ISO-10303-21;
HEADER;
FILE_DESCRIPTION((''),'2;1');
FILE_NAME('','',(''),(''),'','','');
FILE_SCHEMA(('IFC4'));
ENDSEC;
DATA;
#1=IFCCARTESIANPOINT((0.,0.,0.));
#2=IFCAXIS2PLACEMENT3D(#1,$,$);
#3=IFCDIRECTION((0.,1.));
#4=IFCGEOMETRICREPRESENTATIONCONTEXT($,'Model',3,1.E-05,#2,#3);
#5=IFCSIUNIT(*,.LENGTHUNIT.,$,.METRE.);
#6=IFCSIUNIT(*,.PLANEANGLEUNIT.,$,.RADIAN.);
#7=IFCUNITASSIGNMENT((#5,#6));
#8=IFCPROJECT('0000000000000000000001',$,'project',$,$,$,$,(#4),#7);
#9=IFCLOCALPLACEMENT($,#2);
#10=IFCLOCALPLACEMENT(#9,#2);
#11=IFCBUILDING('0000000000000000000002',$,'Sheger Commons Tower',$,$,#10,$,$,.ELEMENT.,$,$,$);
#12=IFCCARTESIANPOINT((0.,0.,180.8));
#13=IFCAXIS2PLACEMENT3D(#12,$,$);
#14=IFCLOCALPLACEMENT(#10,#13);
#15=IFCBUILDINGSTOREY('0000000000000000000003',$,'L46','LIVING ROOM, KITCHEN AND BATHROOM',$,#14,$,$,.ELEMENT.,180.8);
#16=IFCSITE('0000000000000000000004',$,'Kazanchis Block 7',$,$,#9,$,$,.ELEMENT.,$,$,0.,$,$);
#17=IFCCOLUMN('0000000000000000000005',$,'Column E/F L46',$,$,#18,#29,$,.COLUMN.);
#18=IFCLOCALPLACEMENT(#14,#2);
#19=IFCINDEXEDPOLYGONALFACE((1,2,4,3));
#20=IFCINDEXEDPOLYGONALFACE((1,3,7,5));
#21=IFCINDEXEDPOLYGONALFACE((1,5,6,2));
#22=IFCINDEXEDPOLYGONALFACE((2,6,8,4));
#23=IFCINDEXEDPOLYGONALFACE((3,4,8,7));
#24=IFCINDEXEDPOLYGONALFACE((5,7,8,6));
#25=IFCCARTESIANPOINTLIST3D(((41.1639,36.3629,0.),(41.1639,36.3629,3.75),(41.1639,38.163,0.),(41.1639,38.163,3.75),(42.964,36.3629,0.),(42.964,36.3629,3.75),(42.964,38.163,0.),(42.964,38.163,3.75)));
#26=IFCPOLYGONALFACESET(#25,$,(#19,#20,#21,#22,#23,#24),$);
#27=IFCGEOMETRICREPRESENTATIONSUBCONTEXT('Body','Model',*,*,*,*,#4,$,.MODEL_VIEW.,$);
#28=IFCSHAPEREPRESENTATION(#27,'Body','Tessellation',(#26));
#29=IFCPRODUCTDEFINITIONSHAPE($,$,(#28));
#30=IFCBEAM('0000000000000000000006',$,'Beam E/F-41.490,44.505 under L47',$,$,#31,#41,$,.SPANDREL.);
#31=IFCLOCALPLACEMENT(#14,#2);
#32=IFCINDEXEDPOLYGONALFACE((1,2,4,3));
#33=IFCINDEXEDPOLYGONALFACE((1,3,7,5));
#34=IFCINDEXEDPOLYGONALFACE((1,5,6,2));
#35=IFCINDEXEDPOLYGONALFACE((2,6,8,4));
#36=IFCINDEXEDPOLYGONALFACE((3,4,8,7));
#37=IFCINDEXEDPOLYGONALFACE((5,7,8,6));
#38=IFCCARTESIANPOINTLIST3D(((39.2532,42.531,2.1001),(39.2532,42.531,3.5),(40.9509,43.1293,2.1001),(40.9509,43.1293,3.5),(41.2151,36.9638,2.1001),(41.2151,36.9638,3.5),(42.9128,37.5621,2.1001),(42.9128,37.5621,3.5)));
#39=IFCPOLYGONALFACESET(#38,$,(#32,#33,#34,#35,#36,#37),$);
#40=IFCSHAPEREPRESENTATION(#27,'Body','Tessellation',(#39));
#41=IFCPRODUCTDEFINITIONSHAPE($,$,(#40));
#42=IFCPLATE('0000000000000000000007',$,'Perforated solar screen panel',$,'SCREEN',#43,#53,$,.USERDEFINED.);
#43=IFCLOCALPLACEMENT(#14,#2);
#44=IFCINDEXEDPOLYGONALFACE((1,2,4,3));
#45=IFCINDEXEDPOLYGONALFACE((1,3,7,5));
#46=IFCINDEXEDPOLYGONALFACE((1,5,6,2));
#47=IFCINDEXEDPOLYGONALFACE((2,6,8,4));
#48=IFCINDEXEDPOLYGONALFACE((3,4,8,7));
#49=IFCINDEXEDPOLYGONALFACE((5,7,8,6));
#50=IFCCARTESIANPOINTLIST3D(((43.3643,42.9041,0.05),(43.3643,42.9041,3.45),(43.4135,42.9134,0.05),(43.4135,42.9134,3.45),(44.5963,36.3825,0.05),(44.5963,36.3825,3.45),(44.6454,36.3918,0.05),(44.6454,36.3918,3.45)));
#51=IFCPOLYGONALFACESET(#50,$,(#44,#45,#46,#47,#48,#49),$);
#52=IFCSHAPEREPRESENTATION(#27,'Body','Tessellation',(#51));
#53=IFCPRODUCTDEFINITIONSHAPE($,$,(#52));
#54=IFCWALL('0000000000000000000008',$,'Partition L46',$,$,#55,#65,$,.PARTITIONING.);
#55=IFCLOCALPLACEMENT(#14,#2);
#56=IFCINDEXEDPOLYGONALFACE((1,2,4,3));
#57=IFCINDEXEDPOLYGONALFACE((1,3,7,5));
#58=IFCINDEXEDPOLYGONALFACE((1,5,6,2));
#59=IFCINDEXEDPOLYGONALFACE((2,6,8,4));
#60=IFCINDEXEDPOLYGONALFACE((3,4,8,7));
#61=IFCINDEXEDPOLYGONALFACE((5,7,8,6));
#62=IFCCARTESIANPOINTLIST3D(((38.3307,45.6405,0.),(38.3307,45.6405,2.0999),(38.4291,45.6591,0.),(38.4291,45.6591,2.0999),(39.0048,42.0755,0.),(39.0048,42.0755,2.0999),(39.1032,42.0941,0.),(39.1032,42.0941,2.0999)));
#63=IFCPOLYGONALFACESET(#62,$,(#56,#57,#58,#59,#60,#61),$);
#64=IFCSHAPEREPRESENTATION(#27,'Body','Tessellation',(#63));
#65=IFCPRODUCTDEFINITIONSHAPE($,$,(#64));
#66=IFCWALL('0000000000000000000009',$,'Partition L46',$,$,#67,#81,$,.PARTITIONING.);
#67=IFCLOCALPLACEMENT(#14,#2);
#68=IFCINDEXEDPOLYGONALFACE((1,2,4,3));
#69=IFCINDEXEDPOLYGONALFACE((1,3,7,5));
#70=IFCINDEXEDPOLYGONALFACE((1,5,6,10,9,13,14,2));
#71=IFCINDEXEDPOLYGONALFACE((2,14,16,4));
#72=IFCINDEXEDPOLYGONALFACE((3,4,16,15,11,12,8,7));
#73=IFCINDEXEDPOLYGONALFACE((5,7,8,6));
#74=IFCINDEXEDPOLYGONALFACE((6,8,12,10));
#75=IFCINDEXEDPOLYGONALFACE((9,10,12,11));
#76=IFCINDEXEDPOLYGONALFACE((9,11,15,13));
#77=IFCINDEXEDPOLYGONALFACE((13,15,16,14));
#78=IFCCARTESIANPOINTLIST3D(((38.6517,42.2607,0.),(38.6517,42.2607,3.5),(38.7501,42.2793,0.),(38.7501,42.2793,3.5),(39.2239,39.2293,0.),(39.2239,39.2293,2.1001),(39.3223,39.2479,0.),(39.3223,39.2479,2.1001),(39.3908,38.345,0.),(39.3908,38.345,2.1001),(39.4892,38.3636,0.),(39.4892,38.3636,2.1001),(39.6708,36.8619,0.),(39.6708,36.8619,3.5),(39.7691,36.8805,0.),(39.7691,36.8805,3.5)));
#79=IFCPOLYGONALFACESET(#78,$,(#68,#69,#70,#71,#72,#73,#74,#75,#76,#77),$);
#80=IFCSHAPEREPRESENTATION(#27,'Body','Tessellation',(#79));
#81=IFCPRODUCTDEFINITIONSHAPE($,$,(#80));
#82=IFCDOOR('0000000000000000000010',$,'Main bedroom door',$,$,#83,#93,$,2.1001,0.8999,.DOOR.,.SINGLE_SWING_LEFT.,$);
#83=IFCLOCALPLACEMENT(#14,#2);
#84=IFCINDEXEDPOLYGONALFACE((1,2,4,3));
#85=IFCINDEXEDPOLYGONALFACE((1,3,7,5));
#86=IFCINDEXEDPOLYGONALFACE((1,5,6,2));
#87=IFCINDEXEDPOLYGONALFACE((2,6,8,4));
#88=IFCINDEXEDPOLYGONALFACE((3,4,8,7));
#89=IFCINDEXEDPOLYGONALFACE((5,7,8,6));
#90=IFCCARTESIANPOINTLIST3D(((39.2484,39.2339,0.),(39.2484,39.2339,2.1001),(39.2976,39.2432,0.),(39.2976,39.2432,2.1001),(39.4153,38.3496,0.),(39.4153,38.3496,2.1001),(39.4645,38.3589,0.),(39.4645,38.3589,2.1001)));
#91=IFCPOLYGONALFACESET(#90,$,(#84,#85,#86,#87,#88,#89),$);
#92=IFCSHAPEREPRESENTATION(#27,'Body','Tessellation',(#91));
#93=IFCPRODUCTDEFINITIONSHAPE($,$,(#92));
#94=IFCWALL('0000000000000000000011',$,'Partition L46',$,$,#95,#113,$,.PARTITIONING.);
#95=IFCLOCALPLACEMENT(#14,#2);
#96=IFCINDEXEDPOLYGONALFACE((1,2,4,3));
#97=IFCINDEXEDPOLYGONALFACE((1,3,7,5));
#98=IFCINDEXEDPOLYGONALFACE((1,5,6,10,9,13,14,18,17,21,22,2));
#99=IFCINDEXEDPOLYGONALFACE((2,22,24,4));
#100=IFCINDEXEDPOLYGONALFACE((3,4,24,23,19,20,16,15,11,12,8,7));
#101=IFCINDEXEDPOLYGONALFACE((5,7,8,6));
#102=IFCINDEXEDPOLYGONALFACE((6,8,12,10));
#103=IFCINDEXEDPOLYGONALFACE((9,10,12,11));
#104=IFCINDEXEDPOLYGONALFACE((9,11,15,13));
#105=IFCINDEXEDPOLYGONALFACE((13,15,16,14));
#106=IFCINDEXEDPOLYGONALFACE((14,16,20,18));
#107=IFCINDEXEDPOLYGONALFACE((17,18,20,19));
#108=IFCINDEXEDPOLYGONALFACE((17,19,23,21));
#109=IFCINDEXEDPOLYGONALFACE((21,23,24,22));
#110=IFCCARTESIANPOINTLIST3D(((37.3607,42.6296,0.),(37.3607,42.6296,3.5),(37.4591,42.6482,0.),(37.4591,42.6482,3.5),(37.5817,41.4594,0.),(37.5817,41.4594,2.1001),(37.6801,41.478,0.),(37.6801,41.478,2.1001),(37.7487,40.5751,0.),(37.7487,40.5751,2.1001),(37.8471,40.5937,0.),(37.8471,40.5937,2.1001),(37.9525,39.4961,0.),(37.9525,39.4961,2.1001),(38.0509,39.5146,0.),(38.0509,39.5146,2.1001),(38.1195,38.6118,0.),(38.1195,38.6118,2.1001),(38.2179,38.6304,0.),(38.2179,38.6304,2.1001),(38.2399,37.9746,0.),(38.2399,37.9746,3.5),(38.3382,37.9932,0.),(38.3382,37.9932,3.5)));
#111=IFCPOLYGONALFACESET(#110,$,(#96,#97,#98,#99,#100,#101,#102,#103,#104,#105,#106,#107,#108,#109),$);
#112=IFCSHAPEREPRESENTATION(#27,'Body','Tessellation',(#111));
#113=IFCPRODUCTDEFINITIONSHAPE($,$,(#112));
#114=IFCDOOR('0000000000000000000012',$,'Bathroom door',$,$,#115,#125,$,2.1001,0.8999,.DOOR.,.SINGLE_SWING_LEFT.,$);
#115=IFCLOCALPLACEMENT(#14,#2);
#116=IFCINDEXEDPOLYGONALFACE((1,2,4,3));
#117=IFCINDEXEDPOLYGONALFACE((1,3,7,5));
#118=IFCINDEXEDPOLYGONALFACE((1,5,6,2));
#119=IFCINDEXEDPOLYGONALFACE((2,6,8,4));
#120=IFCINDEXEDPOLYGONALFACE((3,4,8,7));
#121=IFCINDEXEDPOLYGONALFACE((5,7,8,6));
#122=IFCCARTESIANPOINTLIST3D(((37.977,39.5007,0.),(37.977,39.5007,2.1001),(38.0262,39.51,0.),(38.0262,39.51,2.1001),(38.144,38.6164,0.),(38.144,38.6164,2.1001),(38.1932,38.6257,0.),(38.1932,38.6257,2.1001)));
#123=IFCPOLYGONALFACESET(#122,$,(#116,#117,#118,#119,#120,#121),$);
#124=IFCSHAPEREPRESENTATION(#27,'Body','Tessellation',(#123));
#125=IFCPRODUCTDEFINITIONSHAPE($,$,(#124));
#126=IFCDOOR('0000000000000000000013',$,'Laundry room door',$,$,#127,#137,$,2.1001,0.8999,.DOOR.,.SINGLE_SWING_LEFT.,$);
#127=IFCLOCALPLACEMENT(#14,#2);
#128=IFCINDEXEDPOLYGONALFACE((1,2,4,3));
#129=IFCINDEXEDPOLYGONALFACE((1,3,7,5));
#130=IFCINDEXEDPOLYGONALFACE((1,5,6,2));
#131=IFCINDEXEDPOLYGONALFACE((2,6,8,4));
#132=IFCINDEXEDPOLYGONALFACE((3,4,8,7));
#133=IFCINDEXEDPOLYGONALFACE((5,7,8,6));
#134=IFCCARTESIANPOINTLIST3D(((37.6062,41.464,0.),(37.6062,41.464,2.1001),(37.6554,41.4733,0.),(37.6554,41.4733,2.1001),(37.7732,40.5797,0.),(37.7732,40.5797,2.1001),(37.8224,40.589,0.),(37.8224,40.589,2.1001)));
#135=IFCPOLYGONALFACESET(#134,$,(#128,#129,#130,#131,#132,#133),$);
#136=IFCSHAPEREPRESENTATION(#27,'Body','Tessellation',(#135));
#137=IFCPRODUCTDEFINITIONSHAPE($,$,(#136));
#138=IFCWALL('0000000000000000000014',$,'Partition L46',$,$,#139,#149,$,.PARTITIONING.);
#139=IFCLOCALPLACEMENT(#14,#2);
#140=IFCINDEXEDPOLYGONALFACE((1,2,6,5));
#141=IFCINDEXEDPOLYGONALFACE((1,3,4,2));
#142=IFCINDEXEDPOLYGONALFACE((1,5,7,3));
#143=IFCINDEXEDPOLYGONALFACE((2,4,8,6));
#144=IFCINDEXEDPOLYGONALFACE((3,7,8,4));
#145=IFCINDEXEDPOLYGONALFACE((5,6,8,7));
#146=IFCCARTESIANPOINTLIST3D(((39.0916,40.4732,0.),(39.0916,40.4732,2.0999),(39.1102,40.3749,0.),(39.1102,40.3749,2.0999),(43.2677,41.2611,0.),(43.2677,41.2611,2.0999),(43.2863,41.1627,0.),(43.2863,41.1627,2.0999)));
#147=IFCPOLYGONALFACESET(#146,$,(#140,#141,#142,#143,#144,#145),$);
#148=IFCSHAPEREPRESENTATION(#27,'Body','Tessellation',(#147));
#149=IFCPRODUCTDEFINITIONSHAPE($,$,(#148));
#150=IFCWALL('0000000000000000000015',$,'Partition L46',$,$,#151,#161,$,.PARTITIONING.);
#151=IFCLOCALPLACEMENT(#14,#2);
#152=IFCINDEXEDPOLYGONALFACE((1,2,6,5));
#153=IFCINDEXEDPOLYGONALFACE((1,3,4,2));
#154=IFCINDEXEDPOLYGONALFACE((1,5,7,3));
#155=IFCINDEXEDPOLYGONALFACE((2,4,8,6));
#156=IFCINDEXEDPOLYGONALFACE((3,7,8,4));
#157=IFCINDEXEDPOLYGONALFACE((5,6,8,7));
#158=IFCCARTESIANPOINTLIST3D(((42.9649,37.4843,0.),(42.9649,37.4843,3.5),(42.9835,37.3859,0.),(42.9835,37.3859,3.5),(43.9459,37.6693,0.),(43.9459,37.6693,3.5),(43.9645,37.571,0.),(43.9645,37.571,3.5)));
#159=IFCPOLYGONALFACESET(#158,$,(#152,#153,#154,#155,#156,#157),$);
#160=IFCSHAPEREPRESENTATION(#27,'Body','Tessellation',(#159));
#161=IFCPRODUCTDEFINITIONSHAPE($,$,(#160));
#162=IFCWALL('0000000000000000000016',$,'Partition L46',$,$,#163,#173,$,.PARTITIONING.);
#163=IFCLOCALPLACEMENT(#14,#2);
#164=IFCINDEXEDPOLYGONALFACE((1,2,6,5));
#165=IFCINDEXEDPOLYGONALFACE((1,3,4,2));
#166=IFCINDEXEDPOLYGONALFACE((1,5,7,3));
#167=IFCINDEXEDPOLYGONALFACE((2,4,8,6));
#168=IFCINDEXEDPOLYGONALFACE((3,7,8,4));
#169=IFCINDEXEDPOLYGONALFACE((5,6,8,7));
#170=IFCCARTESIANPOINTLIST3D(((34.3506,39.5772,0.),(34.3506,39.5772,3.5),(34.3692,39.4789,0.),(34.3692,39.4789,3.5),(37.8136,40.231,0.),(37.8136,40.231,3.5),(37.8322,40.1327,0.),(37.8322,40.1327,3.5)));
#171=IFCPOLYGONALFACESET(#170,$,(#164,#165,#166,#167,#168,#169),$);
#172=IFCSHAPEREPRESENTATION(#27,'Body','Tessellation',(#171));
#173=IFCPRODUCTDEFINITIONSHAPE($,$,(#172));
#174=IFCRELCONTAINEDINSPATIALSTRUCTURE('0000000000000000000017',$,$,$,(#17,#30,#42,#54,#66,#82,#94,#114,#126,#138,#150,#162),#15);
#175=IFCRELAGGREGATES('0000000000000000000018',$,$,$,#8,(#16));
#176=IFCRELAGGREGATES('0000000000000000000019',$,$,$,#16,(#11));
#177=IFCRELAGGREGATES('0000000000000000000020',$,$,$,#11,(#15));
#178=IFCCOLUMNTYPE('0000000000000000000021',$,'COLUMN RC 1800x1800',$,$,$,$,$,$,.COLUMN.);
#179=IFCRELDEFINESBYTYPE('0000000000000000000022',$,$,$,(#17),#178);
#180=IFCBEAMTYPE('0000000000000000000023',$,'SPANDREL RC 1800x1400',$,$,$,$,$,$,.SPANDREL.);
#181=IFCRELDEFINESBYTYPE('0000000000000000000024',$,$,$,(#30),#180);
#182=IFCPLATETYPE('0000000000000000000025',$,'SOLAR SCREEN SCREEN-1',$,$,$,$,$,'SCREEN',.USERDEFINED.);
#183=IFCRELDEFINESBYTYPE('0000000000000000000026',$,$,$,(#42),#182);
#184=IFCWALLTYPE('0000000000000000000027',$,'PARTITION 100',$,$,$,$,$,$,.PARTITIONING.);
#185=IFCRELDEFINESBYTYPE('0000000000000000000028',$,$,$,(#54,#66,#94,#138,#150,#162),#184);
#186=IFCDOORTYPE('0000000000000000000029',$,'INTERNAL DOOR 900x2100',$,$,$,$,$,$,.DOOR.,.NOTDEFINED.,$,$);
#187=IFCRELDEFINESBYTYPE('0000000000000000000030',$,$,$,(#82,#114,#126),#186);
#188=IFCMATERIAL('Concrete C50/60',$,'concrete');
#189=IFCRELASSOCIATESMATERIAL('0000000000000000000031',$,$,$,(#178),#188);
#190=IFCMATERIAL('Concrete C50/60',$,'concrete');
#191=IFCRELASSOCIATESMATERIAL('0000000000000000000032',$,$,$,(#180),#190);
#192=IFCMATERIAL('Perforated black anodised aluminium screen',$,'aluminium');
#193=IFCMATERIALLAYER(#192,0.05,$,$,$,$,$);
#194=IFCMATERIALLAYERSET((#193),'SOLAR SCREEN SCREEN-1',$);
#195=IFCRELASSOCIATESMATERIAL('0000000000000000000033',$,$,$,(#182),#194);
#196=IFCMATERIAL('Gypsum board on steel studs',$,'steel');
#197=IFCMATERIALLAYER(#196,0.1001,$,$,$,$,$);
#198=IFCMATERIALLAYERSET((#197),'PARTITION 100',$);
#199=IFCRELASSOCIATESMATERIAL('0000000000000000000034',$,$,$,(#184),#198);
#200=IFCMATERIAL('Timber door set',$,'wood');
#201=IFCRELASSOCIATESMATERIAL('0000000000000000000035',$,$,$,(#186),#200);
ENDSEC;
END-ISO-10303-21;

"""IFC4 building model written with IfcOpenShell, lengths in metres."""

from ifc_helpers import new_model, si_unit, direction, frame, frame_2d, origin, origin_2d, place, context, subcontext, project, spatial, rectangle, extrude, material, layer, layer_set, material_profile, profile_set, type_object, element, fill, save


model = new_model("IFC4")

# Units and contexts
model_context = context("Model", 3, precision=1e-05, world=origin(), true_north=direction((0.0, 1.0)))
body_context = subcontext(model_context, "Body", "Model", "MODEL_VIEW")
ifc_project = project(units=[si_unit("LENGTHUNIT", "METRE"), si_unit("PLANEANGLEUNIT", "RADIAN")], contexts=[model_context])

# Site, building, storey
site_placement = place(None, origin())
site = spatial("IfcSite", under=ifc_project, at=site_placement, Name="Kazanchis Block 7", CompositionType="ELEMENT", RefElevation=0.0)
building_placement = place(site_placement, origin())
building = spatial("IfcBuilding", under=site, at=building_placement, Name="Sheger Commons Tower", CompositionType="ELEMENT")
storey_placement = place(building_placement, frame((0.0, 0.0, 180.8)))
storey = spatial("IfcBuildingStorey", under=building, at=storey_placement, Name="L46", Description="LIVING ROOM, KITCHEN AND BATHROOM", CompositionType="ELEMENT", Elevation=180.8)

# Column
ifc_material_1 = material(Name="Concrete C50/60", Category="concrete")
ifc_material_profile_1 = material_profile(ifc_material_1, rectangle(XDim=1.8, YDim=1.8, at=origin_2d()), Name="RC 1800x1800")
ifc_profile_set_1 = profile_set([ifc_material_profile_1], Name="Concrete C50/60")
column_type = type_object("IfcColumnType", Name="COLUMN RC 1800x1800", PredefinedType="COLUMN", material=ifc_profile_set_1)
column_placement = place(storey_placement, frame((42.064, 37.2629, 0.0), z_axis=(0.0, 0.0, 1.0), x_axis=(1.0, 0.0, 0.0)))
element("IfcColumn", 1, at=column_placement, inside=storey, type_object=column_type, Name="Column E/F L46", PredefinedType="COLUMN", context=body_context, shape_type="SweptSolid", body=[
    extrude(rectangle(XDim=1.8, YDim=1.8, at=origin_2d()), origin(), (0.0, 0.0, 1.0), 3.75),
])

# Beam
ifc_material_2 = material(Name="Concrete C50/60", Category="concrete")
ifc_material_profile_2 = material_profile(ifc_material_2, rectangle(XDim=1.8, YDim=1.3999, at=origin_2d()), Name="RC 1800x1400")
ifc_profile_set_2 = profile_set([ifc_material_profile_2], Name="Concrete C50/60")
beam_type = type_object("IfcBeamType", Name="SPANDREL RC 1800x1400", PredefinedType="SPANDREL", material=ifc_profile_set_2)
beam_placement = place(storey_placement, frame((42.064, 37.2629, 2.8), z_axis=(-0.332374, 0.943148, 0.0), x_axis=(-0.943148, -0.332374, 0.0)))
element("IfcBeam", 2, at=beam_placement, inside=storey, type_object=beam_type, Name="Beam E/F-41.490,44.505 under L47", PredefinedType="SPANDREL", context=body_context, shape_type="SweptSolid", body=[
    extrude(rectangle(XDim=1.8, YDim=1.3999, at=origin_2d()), origin(), (0.0, 0.0, 1.0), 5.9028),
])

# Plate
ifc_material_3 = material(Name="Perforated black anodised aluminium screen", Category="aluminium")
ifc_layer_1 = layer(ifc_material_3, 0.05)
ifc_layer_set_1 = layer_set([ifc_layer_1], Name="SOLAR SCREEN SCREEN-1")
plate_type = type_object("IfcPlateType", Name="SOLAR SCREEN SCREEN-1", ElementType="SCREEN", PredefinedType="USERDEFINED", material=ifc_layer_set_1)
plate_placement = place(storey_placement, frame((44.0049, 39.6479, 0.05), z_axis=(0.0, 0.0, 1.0), x_axis=(-0.185615, 0.982623, 0.0)))
element("IfcPlate", 3, at=plate_placement, inside=storey, type_object=plate_type, Name="Perforated solar screen panel", ObjectType="SCREEN", PredefinedType="USERDEFINED", context=body_context, shape_type="SweptSolid", body=[
    extrude(rectangle(XDim=6.637, YDim=0.05, at=origin_2d()), origin(), (0.0, 0.0, 1.0), 3.3999),
])

# Wall
ifc_material_4 = material(Name="Gypsum board on steel studs", Category="steel")
ifc_layer_2 = layer(ifc_material_4, 0.1001)
ifc_layer_set_2 = layer_set([ifc_layer_2], Name="PARTITION 100")
wall_type = type_object("IfcWallType", Name="PARTITION 100", PredefinedType="PARTITIONING", material=ifc_layer_set_2)
wall_1_placement = place(storey_placement, frame((39.054, 42.085, 0.0), z_axis=(0.0, 0.0, 1.0), x_axis=(-0.185792, 0.982589, 0.0)))
element("IfcWall", 4, at=wall_1_placement, inside=storey, type_object=wall_type, Name="Partition L46", PredefinedType="PARTITIONING", context=body_context, shape_type="SweptSolid", body=[
    extrude(rectangle(XDim=3.6282, YDim=0.1001, at=frame_2d((1.814, 0.0))), origin(), (0.0, 0.0, 1.0), 2.0999),
])

# Wall, opening, door
wall_2_placement = place(storey_placement, frame((38.7009, 42.27, 0.0), z_axis=(0.0, 0.0, 1.0), x_axis=(0.185474, -0.982649, 0.0)))
wall_2 = element("IfcWall", 5, at=wall_2_placement, inside=storey, type_object=wall_type, Name="Partition L46", PredefinedType="PARTITIONING", context=body_context, shape_type="SweptSolid", body=[
    extrude(rectangle(XDim=5.4941, YDim=0.1001, at=frame_2d((2.7471, 0.0))), origin(), (0.0, 0.0, 1.0), 3.5),
])
opening_1_placement = place(wall_2_placement, frame((3.085, 0.0, 0.0)))
opening_1 = element("IfcOpeningElement", 6, at=opening_1_placement, cuts=wall_2, PredefinedType="OPENING", context=body_context, shape_type="SweptSolid", body=[
    extrude(rectangle(XDim=0.8999, YDim=2.1001, at=frame_2d((0.45, 1.05))), frame((0.0, 0.0601, 0.0), z_axis=(0.0, -1.0, 0.0), x_axis=(1.0, 0.0, 0.0)), (0.0, 0.0, 1.0), 0.1201),
])
ifc_material_5 = material(Name="Timber door set", Category="wood")
door_type = type_object("IfcDoorType", Name="INTERNAL DOOR 900x2100", OperationType="NOTDEFINED", PredefinedType="DOOR", material=ifc_material_5)
door_1_placement = place(opening_1_placement, origin())
door_1 = element("IfcDoor", 7, at=door_1_placement, inside=storey, type_object=door_type, Name="Main bedroom door", OperationType="SINGLE_SWING_LEFT", OverallHeight=2.1001, OverallWidth=0.8999, PredefinedType="DOOR", context=body_context, shape_type="SweptSolid", body=[
    extrude(rectangle(XDim=0.8999, YDim=2.1001, at=frame_2d((0.45, 1.05))), frame((0.0, 0.0249, 0.0), z_axis=(0.0, -1.0, 0.0), x_axis=(1.0, 0.0, 0.0)), (0.0, 0.0, 1.0), 0.05),
])
fill(opening_1, door_1)

# Wall, openings, doors
wall_3_placement = place(storey_placement, frame((37.4099, 42.6389, 0.0), z_axis=(0.0, 0.0, 1.0), x_axis=(0.18558, -0.982629, 0.0)))
wall_3 = element("IfcWall", 8, at=wall_3_placement, inside=storey, type_object=wall_type, Name="Partition L46", PredefinedType="PARTITIONING", context=body_context, shape_type="SweptSolid", body=[
    extrude(rectangle(XDim=4.7373, YDim=0.1001, at=frame_2d((2.3687, 0.0))), origin(), (0.0, 0.0, 1.0), 3.5),
])
opening_2_placement = place(wall_3_placement, frame((3.189, 0.0, 0.0)))
opening_2 = element("IfcOpeningElement", 9, at=opening_2_placement, cuts=wall_3, PredefinedType="OPENING", context=body_context, shape_type="SweptSolid", body=[
    extrude(rectangle(XDim=0.8999, YDim=2.1001, at=frame_2d((0.45, 1.05))), frame((0.0, 0.0601, 0.0), z_axis=(0.0, -1.0, 0.0), x_axis=(1.0, 0.0, 0.0)), (0.0, 0.0, 1.0), 0.1201),
])
opening_3_placement = place(wall_3_placement, frame((1.1909, 0.0, 0.0)))
opening_3 = element("IfcOpeningElement", 10, at=opening_3_placement, cuts=wall_3, PredefinedType="OPENING", context=body_context, shape_type="SweptSolid", body=[
    extrude(rectangle(XDim=0.8999, YDim=2.1001, at=frame_2d((0.45, 1.05))), frame((0.0, 0.0601, 0.0), z_axis=(0.0, -1.0, 0.0), x_axis=(1.0, 0.0, 0.0)), (0.0, 0.0, 1.0), 0.1201),
])
door_2_placement = place(opening_2_placement, origin())
door_2 = element("IfcDoor", 11, at=door_2_placement, inside=storey, type_object=door_type, Name="Bathroom door", OperationType="SINGLE_SWING_LEFT", OverallHeight=2.1001, OverallWidth=0.8999, PredefinedType="DOOR", context=body_context, shape_type="SweptSolid", body=[
    extrude(rectangle(XDim=0.8999, YDim=2.1001, at=frame_2d((0.45, 1.05))), frame((0.0, 0.0249, 0.0), z_axis=(0.0, -1.0, 0.0), x_axis=(1.0, 0.0, 0.0)), (0.0, 0.0, 1.0), 0.05),
])
fill(opening_2, door_2)
door_3_placement = place(opening_3_placement, origin())
door_3 = element("IfcDoor", 12, at=door_3_placement, inside=storey, type_object=door_type, Name="Laundry room door", OperationType="SINGLE_SWING_LEFT", OverallHeight=2.1001, OverallWidth=0.8999, PredefinedType="DOOR", context=body_context, shape_type="SweptSolid", body=[
    extrude(rectangle(XDim=0.8999, YDim=2.1001, at=frame_2d((0.45, 1.05))), frame((0.0, 0.0249, 0.0), z_axis=(0.0, -1.0, 0.0), x_axis=(1.0, 0.0, 0.0)), (0.0, 0.0, 1.0), 0.05),
])
fill(opening_3, door_3)

# Walls
wall_4_placement = place(storey_placement, frame((43.2771, 41.2119, 0.0), z_axis=(0.0, 0.0, 1.0), x_axis=(-0.982665, -0.185388, 0.0)))
element("IfcWall", 13, at=wall_4_placement, inside=storey, type_object=wall_type, Name="Partition L46", PredefinedType="PARTITIONING", context=body_context, shape_type="SweptSolid", body=[
    extrude(rectangle(XDim=4.2498, YDim=0.1001, at=frame_2d((2.125, 0.0))), origin(), (0.0, 0.0, 1.0), 2.0999),
])
wall_5_placement = place(storey_placement, frame((43.9551, 37.6201, 0.0), z_axis=(0.0, 0.0, 1.0), x_axis=(-0.982667, -0.185381, 0.0)))
element("IfcWall", 14, at=wall_5_placement, inside=storey, type_object=wall_type, Name="Partition L46", PredefinedType="PARTITIONING", context=body_context, shape_type="SweptSolid", body=[
    extrude(rectangle(XDim=0.9983, YDim=0.1001, at=frame_2d((0.499, 0.0))), origin(), (0.0, 0.0, 1.0), 3.5),
])
wall_6_placement = place(storey_placement, frame((37.823, 40.1819, 0.0), z_axis=(0.0, 0.0, 1.0), x_axis=(-0.982639, -0.185527, 0.0)))
element("IfcWall", 15, at=wall_6_placement, inside=storey, type_object=wall_type, Name="Partition L46", PredefinedType="PARTITIONING", context=body_context, shape_type="SweptSolid", body=[
    extrude(rectangle(XDim=3.5242, YDim=0.1001, at=frame_2d((1.7622, 0.0))), origin(), (0.0, 0.0, 1.0), 3.5),
])

save(model, "model.ifc")
